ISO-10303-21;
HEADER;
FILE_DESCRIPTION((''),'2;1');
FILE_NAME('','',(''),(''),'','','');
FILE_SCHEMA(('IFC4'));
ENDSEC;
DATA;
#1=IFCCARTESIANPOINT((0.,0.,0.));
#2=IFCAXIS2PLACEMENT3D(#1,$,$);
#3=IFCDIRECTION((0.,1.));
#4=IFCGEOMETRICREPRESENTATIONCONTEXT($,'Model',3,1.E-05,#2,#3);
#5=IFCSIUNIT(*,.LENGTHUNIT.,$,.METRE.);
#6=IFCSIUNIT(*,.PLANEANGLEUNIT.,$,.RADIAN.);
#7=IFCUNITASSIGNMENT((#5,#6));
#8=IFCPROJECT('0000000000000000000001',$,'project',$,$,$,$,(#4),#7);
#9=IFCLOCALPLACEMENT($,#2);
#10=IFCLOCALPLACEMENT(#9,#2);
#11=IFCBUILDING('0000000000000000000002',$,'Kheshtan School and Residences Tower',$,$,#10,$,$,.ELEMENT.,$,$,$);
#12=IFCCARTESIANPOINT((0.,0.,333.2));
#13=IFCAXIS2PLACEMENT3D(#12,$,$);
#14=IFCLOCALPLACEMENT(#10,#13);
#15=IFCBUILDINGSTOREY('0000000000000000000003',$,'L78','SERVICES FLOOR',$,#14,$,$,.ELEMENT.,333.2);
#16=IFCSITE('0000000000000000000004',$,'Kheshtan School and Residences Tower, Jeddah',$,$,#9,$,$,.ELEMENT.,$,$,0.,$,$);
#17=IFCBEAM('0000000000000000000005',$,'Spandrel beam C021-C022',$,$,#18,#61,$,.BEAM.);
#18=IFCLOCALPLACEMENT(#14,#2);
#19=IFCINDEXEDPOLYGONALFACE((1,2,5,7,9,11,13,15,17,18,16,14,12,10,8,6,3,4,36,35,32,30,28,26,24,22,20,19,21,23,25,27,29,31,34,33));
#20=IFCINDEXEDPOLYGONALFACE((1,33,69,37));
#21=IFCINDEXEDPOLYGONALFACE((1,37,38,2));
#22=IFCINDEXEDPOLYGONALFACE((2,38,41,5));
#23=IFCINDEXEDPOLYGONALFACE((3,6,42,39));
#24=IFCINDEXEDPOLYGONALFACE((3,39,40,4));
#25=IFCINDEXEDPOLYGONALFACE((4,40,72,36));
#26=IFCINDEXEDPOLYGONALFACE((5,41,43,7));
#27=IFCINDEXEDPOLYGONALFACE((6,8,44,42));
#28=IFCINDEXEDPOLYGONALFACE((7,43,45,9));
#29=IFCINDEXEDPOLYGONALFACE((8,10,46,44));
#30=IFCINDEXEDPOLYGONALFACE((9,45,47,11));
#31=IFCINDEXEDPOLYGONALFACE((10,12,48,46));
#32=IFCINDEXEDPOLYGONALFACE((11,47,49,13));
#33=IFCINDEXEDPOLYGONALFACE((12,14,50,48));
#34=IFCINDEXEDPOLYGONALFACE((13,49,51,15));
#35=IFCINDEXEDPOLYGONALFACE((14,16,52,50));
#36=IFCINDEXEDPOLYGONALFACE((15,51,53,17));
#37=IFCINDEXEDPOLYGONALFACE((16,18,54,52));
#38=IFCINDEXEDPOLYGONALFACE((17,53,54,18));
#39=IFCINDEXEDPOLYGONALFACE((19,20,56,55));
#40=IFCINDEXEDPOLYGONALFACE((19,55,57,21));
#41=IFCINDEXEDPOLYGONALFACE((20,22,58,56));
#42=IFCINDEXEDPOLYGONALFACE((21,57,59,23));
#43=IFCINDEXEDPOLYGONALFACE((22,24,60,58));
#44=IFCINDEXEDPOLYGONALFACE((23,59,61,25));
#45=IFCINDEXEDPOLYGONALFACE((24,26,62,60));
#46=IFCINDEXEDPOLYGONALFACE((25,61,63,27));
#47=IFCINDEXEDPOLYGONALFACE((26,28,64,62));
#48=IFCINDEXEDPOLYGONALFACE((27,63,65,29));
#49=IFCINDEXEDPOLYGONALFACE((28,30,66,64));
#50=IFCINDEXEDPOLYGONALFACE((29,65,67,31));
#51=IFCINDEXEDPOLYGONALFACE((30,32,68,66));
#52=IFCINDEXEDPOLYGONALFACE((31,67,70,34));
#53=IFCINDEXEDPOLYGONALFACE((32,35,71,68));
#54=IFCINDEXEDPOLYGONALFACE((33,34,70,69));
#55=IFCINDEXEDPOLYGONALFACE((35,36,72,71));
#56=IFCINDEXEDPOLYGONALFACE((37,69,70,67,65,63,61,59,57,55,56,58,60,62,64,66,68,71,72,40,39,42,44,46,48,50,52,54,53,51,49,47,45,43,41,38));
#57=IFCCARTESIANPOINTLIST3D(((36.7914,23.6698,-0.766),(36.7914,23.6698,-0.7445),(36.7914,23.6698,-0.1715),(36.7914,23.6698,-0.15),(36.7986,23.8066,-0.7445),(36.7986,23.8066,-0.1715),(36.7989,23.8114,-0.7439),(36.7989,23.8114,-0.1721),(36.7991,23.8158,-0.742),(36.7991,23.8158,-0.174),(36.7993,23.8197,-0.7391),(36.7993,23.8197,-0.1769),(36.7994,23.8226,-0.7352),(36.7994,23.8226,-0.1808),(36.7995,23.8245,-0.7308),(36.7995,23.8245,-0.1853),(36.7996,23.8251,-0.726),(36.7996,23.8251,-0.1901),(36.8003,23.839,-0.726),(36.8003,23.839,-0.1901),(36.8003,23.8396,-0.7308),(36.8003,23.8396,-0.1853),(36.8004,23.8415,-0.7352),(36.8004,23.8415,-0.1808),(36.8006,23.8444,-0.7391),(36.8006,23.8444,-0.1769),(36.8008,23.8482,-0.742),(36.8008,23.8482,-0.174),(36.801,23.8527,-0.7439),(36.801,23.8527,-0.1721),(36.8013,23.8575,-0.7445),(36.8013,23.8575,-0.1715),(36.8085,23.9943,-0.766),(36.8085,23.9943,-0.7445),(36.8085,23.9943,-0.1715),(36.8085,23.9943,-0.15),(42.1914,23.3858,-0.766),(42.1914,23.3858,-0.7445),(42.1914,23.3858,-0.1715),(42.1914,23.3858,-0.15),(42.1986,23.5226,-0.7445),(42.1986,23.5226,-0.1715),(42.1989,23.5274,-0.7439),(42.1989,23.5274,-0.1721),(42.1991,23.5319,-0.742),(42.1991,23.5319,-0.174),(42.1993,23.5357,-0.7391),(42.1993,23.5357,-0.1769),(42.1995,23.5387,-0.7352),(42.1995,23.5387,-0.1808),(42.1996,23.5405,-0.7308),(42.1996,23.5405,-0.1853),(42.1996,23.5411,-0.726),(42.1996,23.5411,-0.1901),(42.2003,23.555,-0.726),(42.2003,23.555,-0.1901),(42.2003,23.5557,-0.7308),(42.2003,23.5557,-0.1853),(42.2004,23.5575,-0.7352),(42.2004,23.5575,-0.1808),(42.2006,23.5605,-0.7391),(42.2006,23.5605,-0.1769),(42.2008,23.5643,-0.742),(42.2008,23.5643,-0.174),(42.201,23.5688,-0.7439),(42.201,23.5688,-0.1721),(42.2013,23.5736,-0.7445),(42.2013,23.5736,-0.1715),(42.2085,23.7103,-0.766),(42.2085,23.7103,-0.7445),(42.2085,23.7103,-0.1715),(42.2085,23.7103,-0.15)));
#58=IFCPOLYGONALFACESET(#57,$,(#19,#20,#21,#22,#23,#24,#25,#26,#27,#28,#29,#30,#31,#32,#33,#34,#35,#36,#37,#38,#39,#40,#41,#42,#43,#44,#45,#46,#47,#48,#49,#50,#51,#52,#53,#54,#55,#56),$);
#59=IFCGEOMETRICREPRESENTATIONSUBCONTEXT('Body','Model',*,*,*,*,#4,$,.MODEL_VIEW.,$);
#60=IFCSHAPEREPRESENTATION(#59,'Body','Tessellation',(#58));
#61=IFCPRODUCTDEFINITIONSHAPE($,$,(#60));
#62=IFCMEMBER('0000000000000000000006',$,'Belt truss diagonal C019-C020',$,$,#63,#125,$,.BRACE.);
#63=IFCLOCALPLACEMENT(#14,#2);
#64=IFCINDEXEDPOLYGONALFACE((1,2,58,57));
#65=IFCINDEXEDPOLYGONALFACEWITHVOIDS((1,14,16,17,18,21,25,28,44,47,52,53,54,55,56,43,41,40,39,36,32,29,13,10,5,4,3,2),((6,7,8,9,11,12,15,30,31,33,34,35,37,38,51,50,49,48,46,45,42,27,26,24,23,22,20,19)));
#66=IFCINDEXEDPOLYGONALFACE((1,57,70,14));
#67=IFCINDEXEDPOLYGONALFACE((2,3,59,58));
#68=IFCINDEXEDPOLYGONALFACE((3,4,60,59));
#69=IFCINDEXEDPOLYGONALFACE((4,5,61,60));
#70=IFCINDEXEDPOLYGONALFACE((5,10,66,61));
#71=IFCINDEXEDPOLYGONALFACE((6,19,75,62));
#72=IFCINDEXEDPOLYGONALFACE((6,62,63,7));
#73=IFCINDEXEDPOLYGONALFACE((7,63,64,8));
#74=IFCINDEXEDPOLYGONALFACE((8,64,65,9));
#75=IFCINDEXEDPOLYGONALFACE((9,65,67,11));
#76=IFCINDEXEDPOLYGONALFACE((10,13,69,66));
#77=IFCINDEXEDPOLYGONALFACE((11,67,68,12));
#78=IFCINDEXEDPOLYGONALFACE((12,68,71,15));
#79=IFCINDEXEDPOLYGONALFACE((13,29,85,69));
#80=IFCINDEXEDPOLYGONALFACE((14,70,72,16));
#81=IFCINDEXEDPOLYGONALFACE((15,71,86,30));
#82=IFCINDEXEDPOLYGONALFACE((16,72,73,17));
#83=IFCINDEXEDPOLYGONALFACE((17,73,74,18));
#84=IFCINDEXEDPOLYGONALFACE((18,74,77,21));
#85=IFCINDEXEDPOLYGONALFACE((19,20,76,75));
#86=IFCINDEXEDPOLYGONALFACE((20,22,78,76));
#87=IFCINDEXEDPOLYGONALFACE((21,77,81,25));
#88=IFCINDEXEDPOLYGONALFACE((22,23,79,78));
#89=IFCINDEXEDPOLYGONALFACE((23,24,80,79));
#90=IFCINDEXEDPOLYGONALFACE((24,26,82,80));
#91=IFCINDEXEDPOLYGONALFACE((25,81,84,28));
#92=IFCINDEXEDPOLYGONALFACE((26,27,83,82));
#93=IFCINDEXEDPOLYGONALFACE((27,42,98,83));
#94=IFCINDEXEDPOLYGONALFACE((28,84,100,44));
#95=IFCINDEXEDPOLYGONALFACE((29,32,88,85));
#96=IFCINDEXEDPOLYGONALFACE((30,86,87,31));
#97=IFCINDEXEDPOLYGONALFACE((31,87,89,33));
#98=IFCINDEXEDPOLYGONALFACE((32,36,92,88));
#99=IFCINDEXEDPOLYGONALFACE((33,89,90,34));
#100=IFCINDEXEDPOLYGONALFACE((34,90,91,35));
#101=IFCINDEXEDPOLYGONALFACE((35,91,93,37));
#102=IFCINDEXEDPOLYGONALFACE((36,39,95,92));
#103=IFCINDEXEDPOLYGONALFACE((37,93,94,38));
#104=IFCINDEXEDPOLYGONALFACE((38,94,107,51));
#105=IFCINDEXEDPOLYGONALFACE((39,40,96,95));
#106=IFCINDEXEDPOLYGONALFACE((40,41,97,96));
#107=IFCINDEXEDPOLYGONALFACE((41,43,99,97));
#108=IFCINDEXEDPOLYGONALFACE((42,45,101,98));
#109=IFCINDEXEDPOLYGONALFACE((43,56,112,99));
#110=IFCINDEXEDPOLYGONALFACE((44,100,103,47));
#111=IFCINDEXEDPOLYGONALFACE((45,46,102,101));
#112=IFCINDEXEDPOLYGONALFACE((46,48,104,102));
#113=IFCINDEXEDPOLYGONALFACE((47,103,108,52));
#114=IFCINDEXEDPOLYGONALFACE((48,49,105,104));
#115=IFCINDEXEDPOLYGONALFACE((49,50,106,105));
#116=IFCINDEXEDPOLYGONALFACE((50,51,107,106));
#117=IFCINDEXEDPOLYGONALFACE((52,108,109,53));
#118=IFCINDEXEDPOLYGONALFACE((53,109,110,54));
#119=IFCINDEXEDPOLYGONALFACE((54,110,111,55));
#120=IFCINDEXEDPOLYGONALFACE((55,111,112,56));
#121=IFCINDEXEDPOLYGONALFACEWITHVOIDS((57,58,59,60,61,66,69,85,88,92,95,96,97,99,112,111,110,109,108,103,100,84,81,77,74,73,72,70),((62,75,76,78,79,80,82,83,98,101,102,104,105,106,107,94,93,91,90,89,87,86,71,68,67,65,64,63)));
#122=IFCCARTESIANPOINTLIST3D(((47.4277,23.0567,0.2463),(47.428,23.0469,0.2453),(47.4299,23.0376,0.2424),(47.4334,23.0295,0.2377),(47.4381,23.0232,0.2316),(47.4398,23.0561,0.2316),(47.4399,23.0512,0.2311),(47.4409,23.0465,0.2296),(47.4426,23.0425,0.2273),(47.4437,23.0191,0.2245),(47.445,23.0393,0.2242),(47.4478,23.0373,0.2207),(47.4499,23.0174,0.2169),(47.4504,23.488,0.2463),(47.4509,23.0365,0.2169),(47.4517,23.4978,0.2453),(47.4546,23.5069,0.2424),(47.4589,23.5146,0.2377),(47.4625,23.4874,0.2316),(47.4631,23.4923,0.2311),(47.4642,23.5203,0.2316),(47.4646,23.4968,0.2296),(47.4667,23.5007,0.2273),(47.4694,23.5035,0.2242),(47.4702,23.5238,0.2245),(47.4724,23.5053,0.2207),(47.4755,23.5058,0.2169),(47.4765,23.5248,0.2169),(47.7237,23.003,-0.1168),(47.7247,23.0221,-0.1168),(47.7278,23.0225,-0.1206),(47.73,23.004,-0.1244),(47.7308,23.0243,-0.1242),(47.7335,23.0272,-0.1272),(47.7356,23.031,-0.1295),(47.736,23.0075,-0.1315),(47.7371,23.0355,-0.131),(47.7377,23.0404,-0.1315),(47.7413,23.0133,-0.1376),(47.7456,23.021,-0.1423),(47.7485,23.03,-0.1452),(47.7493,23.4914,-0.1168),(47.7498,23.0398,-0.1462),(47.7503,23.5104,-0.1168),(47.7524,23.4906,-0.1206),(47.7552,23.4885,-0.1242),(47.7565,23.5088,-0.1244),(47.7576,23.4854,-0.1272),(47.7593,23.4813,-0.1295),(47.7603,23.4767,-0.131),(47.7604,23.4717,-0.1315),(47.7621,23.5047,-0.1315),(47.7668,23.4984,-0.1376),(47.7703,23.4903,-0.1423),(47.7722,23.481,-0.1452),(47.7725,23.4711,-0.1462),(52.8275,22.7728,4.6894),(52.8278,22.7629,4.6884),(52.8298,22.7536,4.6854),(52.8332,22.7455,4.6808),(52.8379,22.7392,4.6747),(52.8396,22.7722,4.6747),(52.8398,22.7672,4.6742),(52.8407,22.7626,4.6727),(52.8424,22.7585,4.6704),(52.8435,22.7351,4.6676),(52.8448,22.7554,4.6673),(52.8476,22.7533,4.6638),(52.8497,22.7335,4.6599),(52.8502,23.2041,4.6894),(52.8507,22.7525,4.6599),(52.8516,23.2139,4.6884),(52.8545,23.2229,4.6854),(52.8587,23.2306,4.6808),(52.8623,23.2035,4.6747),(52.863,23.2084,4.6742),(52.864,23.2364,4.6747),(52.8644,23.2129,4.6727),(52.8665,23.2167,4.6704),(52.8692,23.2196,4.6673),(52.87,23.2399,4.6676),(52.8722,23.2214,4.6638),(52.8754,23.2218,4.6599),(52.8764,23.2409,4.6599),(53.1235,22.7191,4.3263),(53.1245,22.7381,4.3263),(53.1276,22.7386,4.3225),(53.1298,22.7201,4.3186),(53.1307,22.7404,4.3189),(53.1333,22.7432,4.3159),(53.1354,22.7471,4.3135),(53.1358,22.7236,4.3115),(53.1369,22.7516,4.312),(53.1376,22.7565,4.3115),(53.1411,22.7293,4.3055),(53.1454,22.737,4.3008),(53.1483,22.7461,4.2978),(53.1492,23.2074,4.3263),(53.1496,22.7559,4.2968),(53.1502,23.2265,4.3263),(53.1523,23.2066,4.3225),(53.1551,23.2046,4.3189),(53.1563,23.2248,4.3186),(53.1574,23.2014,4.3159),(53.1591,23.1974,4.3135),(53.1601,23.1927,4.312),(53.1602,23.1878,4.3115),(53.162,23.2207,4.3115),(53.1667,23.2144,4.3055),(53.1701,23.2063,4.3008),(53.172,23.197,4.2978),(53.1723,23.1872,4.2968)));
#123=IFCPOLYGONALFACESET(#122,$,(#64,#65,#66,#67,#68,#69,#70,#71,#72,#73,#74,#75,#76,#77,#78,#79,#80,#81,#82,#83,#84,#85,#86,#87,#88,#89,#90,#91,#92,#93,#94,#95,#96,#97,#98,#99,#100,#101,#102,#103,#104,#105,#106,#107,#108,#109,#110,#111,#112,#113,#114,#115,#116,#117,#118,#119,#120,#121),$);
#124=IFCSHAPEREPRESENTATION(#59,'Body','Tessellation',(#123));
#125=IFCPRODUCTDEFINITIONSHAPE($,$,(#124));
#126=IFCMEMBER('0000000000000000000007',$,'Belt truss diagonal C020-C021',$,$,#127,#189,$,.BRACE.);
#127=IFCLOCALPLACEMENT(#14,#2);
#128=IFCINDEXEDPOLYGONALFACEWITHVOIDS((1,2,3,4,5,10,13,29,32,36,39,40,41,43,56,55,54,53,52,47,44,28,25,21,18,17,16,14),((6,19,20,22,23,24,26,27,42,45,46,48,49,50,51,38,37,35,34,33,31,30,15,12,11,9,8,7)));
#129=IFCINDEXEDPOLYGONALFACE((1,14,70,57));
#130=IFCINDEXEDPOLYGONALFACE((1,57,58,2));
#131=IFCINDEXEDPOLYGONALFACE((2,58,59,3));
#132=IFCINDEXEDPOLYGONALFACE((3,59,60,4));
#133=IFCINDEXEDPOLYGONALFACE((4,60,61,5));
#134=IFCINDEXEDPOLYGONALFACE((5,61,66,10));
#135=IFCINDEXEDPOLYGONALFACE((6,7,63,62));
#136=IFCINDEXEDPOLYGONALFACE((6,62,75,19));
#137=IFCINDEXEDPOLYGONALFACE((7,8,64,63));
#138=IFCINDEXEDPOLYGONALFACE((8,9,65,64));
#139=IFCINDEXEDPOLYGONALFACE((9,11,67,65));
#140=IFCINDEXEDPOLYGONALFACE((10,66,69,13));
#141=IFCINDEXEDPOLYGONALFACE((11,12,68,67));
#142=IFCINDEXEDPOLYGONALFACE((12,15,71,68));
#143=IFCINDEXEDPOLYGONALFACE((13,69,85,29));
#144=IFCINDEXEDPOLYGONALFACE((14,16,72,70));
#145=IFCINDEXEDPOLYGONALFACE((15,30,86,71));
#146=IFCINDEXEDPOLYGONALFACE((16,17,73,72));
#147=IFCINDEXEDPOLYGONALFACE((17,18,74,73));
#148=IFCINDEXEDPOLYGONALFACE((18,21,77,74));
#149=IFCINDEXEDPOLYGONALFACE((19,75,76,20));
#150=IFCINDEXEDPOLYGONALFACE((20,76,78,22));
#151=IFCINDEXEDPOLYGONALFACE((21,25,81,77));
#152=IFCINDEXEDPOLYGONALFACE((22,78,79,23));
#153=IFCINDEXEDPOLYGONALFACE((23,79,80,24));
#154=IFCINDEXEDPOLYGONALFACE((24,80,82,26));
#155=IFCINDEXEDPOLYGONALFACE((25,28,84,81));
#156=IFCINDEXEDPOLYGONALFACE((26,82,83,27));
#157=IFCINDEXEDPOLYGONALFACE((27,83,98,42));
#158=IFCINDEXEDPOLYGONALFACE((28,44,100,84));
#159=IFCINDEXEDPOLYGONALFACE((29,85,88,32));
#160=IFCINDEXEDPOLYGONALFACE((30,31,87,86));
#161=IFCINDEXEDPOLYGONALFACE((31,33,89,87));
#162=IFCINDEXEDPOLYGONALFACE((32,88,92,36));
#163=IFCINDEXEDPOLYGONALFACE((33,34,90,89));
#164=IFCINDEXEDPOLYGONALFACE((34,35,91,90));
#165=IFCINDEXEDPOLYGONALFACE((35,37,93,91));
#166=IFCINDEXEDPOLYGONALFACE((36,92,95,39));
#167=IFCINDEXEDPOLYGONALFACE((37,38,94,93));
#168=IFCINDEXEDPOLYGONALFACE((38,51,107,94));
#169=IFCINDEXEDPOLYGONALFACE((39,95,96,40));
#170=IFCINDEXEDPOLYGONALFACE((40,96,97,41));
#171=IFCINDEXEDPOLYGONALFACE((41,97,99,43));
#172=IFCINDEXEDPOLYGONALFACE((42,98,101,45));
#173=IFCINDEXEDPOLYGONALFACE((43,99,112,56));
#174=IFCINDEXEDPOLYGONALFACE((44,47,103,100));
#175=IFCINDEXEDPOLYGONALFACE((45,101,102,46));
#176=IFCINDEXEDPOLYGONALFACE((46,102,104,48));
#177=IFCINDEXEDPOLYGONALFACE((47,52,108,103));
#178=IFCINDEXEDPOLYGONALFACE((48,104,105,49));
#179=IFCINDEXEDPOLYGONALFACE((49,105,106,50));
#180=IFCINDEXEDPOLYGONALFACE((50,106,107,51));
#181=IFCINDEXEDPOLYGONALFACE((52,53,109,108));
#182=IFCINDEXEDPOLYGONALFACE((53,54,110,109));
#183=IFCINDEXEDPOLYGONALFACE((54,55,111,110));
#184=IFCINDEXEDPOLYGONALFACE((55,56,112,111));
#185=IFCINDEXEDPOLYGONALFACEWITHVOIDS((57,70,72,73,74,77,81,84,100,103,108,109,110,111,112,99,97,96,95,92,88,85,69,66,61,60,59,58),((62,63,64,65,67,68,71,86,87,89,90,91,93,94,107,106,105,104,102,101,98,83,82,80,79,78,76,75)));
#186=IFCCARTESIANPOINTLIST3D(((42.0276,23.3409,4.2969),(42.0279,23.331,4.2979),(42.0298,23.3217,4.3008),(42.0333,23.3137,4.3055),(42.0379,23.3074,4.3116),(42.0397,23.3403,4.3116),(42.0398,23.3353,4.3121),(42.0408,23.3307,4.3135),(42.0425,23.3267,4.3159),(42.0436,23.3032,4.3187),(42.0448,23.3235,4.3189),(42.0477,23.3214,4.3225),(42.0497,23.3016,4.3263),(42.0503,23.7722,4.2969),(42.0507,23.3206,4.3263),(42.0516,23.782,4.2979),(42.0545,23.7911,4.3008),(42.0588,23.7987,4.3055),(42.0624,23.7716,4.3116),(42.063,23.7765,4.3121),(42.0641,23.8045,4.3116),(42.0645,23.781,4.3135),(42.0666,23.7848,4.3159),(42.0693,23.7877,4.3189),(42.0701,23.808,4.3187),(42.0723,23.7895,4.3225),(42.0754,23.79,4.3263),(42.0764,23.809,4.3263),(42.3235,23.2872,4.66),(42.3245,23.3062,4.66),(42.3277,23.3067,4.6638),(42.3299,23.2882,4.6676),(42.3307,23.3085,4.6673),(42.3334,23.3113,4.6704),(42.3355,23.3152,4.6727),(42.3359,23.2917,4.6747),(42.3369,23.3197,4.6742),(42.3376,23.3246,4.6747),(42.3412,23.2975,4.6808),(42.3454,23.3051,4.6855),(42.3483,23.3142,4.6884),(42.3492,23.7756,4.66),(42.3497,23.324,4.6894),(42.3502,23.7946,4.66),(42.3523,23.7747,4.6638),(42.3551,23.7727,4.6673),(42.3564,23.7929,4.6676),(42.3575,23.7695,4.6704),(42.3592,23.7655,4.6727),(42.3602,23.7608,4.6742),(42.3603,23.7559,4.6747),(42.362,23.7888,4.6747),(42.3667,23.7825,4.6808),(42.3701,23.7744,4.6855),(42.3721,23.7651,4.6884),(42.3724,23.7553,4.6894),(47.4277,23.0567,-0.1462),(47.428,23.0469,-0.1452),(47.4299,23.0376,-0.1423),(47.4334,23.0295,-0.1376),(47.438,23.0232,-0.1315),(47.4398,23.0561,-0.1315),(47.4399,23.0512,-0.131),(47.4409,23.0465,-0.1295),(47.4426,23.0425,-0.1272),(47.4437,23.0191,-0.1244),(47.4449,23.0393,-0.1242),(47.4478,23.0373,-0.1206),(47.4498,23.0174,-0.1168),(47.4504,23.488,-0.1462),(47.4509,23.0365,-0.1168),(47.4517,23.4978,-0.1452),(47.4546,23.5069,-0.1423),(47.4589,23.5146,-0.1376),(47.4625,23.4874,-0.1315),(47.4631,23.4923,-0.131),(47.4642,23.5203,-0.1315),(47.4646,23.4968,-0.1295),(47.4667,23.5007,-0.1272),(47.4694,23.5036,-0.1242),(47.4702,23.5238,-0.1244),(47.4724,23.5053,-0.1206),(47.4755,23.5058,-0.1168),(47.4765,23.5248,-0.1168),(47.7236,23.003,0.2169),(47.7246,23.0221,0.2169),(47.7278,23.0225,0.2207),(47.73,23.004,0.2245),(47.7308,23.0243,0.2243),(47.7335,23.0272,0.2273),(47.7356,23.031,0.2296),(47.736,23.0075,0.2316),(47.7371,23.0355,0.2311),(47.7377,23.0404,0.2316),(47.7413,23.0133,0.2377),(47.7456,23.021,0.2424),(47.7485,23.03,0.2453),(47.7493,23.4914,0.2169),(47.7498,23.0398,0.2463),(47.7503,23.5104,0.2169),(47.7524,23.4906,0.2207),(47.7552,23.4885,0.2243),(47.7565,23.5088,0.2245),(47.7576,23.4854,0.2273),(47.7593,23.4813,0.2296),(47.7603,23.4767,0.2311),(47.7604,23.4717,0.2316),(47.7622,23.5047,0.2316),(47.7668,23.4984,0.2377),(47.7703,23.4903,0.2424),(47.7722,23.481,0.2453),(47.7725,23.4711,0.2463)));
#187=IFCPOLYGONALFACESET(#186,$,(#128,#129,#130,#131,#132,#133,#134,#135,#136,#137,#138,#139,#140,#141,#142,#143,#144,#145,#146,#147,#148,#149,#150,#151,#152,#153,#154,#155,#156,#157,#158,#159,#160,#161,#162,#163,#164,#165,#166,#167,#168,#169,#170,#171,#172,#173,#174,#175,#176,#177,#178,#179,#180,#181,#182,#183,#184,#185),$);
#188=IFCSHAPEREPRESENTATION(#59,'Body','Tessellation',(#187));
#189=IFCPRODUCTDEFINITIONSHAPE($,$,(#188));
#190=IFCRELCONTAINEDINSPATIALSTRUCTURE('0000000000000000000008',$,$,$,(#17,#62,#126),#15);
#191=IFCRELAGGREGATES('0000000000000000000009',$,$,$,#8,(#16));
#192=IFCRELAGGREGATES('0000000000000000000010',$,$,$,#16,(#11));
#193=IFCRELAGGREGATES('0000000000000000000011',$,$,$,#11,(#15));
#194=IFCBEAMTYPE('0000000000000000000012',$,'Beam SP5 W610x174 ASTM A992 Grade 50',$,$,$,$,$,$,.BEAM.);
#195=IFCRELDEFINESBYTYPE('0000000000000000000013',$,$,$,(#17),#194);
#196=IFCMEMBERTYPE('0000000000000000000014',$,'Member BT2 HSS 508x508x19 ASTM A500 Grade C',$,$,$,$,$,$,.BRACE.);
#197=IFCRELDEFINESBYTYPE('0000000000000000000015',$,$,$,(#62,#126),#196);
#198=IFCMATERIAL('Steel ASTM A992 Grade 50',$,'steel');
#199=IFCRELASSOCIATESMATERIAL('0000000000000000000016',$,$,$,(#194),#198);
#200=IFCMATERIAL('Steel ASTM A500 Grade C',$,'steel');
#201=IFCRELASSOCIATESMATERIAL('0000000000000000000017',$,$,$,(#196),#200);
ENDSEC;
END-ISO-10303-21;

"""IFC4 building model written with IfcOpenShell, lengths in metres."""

from ifc_helpers import new_model, si_unit, direction, frame, origin, origin_2d, place, context, subcontext, project, spatial, hollow_rectangle, i_section, extrude, material, material_profile, profile_set, type_object, element, save


model = new_model("IFC4")

# Units and contexts
model_context = context("Model", 3, precision=1e-05, world=origin(), true_north=direction((0.0, 1.0)))
body_context = subcontext(model_context, "Body", "Model", "MODEL_VIEW")
ifc_project = project(units=[si_unit("LENGTHUNIT", "METRE"), si_unit("PLANEANGLEUNIT", "RADIAN")], contexts=[model_context])

# Site, building, storey
site_placement = place(None, origin())
site = spatial("IfcSite", under=ifc_project, at=site_placement, Name="Kheshtan School and Residences Tower, Jeddah", CompositionType="ELEMENT", RefElevation=0.0)
building_placement = place(site_placement, origin())
building = spatial("IfcBuilding", under=site, at=building_placement, Name="Kheshtan School and Residences Tower", CompositionType="ELEMENT")
storey_placement = place(building_placement, frame((0.0, 0.0, 333.2)))
storey = spatial("IfcBuildingStorey", under=building, at=storey_placement, Name="L78", Description="SERVICES FLOOR", CompositionType="ELEMENT", Elevation=333.2)

# Shared definitions
ifc_material_1 = material(Name="Steel ASTM A992 Grade 50", Category="steel")

# Beam
ifc_material_profile_1 = material_profile(ifc_material_1, i_section(OverallWidth=0.325, OverallDepth=0.616, WebThickness=0.0139, FlangeThickness=0.0215, FilletRadius=0.0186, at=origin_2d()), Name="W610x174")
ifc_profile_set_1 = profile_set([ifc_material_profile_1], Name="Steel ASTM A992 Grade 50")
beam_type_1 = type_object("IfcBeamType", Name="Beam SP5 W610x174 ASTM A992 Grade 50", PredefinedType="BEAM", material=ifc_profile_set_1)
beam_1_placement = place(storey_placement, frame((42.2, 23.5481, -0.458), z_axis=(-0.99862, 0.052509, 0.0), x_axis=(-0.052509, -0.99862, 0.0)))
element("IfcBeam", 1, at=beam_1_placement, inside=storey, type_object=beam_type_1, Name="Spandrel beam C021-C022", PredefinedType="BEAM", context=body_context, shape_type="SweptSolid", body=[
    extrude(i_section(OverallWidth=0.325, OverallDepth=0.616, WebThickness=0.0139, FlangeThickness=0.0215, FilletRadius=0.0186, at=origin_2d()), origin(), (0.0, 0.0, 1.0), 5.4075),
])

# Members
ifc_material_2 = material(Name="Steel ASTM A500 Grade C", Category="steel")
ifc_material_profile_2 = material_profile(ifc_material_2, hollow_rectangle(XDim=0.5081, YDim=0.5081, WallThickness=0.019, InnerFilletRadius=0.019, OuterFilletRadius=0.0381, at=origin_2d()), Name="HSS 508x508x19")
ifc_profile_set_2 = profile_set([ifc_material_profile_2], Name="Steel ASTM A500 Grade C")
member_type = type_object("IfcMemberType", Name="Member BT2 HSS 508x508x19 ASTM A500 Grade C", PredefinedType="BRACE", material=ifc_profile_set_2)
member_1_placement = place(storey_placement, frame((47.6001, 23.2639, 0.05), z_axis=(0.771566, -0.04057, 0.634855), x_axis=(0.052509, 0.99862, 0.0)))
element("IfcMember", 2, at=member_1_placement, inside=storey, type_object=member_type, Name="Belt truss diagonal C019-C020", PredefinedType="BRACE", context=body_context, shape_type="SweptSolid", body=[
    extrude(hollow_rectangle(XDim=0.5081, YDim=0.5081, WallThickness=0.019, InnerFilletRadius=0.019, OuterFilletRadius=0.0381, at=origin_2d()), origin(), (0.0, 0.0, 1.0), 6.9985),
])
member_2_placement = place(storey_placement, frame((47.6001, 23.2639, 0.05), z_axis=(-0.771579, 0.040604, 0.634837), x_axis=(-0.052552, -0.998618, 0.0)))
element("IfcMember", 3, at=member_2_placement, inside=storey, type_object=member_type, Name="Belt truss diagonal C020-C021", PredefinedType="BRACE", context=body_context, shape_type="SweptSolid", body=[
    extrude(hollow_rectangle(XDim=0.5081, YDim=0.5081, WallThickness=0.019, InnerFilletRadius=0.019, OuterFilletRadius=0.0381, at=origin_2d()), origin(), (0.0, 0.0, 1.0), 6.9988),
])

save(model, "model.ifc")
